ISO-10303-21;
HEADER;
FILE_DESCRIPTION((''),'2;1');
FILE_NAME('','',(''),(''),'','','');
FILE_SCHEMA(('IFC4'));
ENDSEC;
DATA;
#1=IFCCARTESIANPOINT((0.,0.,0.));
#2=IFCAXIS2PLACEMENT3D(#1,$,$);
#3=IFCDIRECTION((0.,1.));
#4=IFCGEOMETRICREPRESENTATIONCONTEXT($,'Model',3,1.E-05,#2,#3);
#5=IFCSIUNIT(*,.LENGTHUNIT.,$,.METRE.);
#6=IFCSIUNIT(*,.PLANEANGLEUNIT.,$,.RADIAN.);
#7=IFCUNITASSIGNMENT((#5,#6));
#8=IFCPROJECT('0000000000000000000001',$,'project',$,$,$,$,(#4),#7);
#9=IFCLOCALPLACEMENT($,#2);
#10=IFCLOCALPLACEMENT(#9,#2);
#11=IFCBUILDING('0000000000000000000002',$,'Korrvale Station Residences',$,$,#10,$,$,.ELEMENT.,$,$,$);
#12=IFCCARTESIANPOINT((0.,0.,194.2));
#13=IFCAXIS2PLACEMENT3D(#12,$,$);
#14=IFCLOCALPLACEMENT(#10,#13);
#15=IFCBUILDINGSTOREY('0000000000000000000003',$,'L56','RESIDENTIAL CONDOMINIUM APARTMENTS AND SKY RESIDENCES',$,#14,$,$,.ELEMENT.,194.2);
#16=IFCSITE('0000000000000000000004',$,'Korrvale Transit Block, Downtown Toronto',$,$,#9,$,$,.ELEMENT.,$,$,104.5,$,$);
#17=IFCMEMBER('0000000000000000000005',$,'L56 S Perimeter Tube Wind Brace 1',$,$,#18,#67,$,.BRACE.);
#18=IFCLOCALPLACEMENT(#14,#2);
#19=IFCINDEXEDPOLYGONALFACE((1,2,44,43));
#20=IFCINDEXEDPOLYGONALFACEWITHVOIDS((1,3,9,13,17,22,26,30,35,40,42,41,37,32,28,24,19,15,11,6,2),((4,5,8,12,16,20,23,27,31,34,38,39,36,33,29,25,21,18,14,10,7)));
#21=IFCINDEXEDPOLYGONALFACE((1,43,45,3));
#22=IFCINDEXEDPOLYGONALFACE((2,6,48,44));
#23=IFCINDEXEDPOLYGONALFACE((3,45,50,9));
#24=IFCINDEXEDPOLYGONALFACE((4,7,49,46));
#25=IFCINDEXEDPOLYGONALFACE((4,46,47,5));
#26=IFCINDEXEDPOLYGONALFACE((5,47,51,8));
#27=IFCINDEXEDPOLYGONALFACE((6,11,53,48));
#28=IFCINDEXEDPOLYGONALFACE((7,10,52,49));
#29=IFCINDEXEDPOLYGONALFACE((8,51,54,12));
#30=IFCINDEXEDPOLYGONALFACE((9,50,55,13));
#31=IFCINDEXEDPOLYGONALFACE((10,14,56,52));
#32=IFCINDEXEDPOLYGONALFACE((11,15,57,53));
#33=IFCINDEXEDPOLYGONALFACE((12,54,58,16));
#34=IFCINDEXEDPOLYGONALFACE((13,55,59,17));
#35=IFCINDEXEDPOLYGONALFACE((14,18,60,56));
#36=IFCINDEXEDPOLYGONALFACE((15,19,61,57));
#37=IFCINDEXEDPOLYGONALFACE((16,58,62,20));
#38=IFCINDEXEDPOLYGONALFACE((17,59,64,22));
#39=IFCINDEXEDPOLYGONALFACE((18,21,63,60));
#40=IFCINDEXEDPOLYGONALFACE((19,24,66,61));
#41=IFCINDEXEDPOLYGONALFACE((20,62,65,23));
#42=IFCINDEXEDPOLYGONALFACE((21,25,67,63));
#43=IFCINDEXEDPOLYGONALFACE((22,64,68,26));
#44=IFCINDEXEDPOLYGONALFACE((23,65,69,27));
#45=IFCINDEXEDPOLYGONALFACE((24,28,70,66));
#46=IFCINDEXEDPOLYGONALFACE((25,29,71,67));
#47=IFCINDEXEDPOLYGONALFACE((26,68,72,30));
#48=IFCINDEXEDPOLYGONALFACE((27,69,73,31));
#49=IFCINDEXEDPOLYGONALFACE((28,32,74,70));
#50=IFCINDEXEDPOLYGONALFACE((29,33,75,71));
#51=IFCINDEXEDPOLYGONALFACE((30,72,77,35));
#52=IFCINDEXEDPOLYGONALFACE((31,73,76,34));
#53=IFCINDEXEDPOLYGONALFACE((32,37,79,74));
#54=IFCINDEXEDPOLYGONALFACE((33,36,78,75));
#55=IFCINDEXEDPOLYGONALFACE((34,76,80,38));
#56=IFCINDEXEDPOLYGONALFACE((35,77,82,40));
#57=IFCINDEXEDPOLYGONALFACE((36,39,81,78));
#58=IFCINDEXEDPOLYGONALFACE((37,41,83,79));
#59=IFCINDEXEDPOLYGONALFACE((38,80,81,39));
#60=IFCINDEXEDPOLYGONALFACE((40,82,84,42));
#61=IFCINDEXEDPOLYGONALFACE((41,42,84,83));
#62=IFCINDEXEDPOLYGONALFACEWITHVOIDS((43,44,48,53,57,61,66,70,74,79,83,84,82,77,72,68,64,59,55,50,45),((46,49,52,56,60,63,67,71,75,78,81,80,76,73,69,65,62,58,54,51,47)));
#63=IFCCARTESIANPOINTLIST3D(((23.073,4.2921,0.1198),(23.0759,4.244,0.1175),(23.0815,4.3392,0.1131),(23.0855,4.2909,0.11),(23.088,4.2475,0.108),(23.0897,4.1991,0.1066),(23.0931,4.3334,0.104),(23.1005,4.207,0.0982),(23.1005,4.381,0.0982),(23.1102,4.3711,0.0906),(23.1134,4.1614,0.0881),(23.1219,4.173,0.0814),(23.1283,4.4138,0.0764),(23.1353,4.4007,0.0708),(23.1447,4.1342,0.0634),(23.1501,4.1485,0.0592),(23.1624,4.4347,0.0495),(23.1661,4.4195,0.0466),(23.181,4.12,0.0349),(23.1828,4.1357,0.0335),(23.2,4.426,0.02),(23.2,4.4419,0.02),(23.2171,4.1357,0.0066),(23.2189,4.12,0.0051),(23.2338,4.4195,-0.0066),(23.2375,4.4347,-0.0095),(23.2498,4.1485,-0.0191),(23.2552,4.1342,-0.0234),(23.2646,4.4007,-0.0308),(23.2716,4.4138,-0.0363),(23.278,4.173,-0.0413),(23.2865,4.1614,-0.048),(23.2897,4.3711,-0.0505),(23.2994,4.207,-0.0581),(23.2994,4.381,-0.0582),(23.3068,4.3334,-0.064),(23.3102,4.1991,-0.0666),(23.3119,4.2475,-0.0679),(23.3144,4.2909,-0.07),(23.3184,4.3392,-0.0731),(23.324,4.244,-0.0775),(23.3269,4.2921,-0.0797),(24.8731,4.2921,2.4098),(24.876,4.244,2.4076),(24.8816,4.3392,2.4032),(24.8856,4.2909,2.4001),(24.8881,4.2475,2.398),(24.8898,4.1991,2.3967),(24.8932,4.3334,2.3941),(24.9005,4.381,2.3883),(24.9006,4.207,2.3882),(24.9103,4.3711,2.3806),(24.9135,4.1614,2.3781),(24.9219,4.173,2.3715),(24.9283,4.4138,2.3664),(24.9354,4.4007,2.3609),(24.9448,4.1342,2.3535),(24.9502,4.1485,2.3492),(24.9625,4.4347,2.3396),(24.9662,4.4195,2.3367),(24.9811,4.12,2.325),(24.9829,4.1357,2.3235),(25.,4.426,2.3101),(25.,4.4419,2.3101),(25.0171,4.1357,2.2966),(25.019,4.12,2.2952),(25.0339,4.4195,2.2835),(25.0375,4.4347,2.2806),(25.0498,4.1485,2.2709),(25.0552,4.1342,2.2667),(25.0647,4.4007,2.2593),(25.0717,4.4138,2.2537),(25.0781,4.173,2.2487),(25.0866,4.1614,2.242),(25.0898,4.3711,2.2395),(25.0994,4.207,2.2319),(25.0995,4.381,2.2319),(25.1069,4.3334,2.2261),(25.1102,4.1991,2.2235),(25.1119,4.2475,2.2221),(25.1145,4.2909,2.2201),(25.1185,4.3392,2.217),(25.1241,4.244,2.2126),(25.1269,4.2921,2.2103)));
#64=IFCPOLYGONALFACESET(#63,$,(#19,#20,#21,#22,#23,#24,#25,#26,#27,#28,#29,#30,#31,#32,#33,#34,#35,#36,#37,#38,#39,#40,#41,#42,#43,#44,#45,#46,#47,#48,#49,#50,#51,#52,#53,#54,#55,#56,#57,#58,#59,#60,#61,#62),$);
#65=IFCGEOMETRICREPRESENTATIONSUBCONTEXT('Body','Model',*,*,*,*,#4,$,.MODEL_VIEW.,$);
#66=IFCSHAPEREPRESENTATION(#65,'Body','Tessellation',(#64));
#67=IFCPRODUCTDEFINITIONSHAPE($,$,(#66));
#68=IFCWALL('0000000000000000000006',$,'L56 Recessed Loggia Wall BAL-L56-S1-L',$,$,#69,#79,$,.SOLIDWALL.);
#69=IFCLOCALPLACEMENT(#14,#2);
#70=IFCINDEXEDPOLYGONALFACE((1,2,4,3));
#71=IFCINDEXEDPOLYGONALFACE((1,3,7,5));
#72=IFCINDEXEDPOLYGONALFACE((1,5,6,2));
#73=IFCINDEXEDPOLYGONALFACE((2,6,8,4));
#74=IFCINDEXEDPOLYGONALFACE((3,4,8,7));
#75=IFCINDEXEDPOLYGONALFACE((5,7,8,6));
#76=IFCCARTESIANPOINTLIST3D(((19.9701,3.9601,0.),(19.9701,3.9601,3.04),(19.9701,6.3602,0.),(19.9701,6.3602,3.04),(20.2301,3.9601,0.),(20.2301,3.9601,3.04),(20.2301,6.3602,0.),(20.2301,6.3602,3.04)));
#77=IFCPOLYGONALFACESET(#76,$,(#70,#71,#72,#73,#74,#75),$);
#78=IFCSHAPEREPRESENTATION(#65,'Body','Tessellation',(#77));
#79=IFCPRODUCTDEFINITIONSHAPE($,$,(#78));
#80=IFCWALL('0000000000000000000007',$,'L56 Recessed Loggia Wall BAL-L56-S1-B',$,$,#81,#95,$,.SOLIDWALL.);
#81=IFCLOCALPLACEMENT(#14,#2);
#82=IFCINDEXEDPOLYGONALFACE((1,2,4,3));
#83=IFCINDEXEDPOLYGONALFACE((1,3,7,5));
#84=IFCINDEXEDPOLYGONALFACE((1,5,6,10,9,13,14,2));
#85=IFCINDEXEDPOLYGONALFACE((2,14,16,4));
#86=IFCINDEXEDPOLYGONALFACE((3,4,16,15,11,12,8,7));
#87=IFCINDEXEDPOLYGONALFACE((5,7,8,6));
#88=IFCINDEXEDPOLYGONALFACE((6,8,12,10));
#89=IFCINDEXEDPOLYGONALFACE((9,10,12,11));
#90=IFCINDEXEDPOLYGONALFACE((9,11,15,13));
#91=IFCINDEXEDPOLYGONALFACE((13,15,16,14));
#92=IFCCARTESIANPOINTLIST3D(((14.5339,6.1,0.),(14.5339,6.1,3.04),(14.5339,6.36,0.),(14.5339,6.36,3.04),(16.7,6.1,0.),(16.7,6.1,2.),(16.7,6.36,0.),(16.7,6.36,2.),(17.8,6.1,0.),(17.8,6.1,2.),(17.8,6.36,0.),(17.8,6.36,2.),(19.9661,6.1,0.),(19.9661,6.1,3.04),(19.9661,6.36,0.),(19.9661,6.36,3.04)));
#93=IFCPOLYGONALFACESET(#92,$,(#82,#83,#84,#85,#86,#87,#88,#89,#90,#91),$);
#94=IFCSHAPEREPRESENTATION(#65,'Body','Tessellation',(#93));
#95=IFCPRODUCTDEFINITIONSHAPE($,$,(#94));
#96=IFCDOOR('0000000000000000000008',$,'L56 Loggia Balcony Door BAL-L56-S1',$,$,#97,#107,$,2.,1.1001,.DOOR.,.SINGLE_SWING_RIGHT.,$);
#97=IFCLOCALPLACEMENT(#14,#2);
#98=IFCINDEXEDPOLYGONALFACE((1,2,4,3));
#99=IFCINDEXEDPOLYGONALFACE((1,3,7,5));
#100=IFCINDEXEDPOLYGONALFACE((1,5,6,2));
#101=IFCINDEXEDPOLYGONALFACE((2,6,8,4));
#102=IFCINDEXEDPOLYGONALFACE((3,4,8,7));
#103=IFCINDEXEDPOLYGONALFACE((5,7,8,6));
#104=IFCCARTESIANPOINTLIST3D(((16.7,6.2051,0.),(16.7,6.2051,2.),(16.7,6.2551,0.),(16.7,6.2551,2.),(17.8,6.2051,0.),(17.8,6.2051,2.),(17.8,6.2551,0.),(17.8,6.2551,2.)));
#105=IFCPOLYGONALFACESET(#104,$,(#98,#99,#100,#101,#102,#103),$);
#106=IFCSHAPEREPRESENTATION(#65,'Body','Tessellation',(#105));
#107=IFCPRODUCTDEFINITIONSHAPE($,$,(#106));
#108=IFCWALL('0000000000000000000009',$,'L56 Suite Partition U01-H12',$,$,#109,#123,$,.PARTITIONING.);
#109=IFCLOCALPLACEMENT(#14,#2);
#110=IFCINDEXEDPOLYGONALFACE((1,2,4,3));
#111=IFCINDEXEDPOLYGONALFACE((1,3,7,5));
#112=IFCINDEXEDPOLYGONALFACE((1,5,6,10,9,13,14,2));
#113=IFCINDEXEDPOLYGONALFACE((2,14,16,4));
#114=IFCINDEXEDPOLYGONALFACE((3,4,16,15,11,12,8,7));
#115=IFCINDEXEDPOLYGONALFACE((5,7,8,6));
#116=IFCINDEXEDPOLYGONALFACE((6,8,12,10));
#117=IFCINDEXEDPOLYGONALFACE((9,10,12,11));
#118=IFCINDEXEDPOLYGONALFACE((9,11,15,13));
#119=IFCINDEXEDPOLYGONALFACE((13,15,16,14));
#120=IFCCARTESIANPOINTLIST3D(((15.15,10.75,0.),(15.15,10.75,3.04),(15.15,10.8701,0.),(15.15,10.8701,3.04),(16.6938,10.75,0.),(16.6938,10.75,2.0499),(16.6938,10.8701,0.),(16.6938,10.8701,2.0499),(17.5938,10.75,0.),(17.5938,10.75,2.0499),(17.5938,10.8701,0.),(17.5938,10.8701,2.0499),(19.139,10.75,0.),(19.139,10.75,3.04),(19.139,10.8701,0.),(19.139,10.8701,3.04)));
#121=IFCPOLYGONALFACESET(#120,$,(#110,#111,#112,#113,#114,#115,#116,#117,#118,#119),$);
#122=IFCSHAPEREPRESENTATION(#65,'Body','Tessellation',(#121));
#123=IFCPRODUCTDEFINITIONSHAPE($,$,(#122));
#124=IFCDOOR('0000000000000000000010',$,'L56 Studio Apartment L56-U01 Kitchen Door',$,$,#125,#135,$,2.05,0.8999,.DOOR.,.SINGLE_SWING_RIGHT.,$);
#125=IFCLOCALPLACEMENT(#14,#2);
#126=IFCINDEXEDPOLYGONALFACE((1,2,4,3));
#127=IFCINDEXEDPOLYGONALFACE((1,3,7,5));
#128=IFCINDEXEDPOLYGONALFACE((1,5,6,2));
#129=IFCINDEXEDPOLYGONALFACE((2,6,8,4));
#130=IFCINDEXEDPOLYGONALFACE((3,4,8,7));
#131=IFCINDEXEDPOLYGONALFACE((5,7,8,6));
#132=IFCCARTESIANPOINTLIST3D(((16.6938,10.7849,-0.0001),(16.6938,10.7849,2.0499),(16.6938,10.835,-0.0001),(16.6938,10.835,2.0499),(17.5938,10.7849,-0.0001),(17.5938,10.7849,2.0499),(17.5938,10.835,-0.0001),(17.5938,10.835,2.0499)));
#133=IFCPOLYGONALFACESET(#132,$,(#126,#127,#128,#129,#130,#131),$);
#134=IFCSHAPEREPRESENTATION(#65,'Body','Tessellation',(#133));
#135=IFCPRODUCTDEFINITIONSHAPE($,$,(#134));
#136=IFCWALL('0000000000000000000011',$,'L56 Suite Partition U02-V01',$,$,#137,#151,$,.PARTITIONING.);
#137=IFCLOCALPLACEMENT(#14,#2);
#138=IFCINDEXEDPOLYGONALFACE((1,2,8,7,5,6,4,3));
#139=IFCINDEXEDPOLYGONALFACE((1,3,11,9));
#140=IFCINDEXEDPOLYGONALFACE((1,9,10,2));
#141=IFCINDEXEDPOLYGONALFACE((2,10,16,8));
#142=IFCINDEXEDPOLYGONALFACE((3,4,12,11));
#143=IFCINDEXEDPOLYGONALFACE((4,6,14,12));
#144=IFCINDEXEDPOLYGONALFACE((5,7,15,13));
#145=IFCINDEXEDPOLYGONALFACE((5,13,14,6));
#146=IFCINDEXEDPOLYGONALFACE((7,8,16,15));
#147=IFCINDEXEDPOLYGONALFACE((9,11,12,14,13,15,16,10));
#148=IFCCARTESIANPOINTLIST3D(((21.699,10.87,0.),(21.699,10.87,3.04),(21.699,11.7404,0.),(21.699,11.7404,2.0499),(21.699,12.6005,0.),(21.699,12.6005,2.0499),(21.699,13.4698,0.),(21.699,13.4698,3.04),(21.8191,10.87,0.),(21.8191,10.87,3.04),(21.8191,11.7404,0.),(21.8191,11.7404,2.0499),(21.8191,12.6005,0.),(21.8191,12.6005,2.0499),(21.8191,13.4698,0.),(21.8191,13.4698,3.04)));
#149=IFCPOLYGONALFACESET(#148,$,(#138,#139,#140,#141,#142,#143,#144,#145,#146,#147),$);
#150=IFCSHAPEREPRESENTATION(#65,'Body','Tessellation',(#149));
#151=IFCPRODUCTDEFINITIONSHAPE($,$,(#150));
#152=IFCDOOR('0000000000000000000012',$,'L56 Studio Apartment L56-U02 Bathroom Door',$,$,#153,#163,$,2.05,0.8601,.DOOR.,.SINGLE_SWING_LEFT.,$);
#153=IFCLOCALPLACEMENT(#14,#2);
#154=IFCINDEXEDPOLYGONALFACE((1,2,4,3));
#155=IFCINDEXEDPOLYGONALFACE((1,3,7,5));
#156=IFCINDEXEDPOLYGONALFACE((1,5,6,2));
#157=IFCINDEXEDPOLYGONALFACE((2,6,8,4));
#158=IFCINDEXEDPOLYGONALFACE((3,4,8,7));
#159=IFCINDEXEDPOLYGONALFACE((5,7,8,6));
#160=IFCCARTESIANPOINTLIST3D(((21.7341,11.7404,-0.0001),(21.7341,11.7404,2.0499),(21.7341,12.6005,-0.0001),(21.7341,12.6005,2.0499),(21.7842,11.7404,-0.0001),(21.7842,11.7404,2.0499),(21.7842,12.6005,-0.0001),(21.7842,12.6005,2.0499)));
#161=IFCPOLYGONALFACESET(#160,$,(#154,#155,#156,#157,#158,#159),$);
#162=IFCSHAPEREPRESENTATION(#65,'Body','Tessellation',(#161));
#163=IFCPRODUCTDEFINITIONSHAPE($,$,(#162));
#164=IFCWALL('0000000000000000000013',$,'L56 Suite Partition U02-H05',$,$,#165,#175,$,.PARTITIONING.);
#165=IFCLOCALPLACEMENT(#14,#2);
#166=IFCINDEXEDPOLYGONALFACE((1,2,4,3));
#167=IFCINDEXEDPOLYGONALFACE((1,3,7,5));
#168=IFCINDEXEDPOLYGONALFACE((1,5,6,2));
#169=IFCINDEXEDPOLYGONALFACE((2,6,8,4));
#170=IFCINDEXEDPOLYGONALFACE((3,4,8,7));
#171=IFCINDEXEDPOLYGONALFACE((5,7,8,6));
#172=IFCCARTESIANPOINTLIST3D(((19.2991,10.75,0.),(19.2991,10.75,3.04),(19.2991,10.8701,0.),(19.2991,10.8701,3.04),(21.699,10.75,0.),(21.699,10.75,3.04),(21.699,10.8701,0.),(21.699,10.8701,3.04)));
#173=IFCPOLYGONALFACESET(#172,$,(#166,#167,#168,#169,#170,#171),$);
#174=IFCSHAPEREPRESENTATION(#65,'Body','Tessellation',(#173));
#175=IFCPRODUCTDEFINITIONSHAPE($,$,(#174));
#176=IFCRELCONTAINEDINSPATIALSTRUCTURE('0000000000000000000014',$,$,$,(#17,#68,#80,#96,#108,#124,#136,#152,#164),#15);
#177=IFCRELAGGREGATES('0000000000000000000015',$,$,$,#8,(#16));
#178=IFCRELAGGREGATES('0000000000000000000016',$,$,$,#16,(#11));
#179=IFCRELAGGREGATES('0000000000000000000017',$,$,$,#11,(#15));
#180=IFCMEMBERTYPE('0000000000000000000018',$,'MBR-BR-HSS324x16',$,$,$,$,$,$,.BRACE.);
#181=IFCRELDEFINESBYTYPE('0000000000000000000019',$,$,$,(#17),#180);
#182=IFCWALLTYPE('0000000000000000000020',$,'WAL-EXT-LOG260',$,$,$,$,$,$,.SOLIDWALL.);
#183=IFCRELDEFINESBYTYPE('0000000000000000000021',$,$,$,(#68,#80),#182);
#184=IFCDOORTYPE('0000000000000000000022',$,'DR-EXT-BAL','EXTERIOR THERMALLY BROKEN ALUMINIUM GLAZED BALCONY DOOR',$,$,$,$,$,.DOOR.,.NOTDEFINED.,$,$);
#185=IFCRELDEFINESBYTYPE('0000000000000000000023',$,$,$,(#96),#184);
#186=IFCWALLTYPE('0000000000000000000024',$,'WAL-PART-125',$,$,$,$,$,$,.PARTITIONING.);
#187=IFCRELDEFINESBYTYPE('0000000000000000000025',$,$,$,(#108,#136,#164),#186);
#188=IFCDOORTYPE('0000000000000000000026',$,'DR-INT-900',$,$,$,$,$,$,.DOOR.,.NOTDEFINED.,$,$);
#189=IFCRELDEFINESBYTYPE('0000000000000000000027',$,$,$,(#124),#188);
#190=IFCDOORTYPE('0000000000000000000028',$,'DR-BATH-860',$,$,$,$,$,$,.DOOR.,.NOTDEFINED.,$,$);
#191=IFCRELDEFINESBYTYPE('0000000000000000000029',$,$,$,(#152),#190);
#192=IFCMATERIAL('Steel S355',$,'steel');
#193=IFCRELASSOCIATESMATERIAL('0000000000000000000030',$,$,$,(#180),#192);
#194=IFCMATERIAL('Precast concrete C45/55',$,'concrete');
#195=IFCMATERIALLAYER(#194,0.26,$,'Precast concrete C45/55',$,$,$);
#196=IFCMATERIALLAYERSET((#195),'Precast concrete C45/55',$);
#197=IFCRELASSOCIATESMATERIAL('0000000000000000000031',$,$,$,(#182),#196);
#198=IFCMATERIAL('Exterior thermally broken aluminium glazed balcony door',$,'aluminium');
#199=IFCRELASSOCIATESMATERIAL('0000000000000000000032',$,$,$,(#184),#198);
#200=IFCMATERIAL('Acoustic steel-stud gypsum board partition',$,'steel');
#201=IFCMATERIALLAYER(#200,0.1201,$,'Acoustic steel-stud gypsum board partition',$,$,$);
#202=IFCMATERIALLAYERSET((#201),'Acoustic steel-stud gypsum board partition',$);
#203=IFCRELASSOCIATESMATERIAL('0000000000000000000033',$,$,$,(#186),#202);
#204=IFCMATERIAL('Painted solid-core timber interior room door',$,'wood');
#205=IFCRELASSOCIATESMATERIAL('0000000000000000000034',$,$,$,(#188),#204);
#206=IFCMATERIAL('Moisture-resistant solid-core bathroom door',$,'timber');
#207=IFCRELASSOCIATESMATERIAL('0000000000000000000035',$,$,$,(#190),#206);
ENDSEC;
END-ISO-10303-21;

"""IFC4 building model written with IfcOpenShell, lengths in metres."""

from ifc_helpers import new_model, si_unit, direction, frame, frame_2d, origin, origin_2d, place, context, subcontext, project, spatial, rectangle, hollow_circle, extrude, material, layer, layer_set, material_profile, profile_set, type_object, element, fill, save


model = new_model("IFC4")

# Units and contexts
model_context = context("Model", 3, precision=1e-05, world=origin(), true_north=direction((0.0, 1.0)))
body_context = subcontext(model_context, "Body", "Model", "MODEL_VIEW")
ifc_project = project(units=[si_unit("LENGTHUNIT", "METRE"), si_unit("PLANEANGLEUNIT", "RADIAN")], contexts=[model_context])

# Site, building, storey
site_placement = place(None, origin())
site = spatial("IfcSite", under=ifc_project, at=site_placement, Name="Korrvale Transit Block, Downtown Toronto", CompositionType="ELEMENT", RefElevation=104.5)
building_placement = place(site_placement, origin())
building = spatial("IfcBuilding", under=site, at=building_placement, Name="Korrvale Station Residences", CompositionType="ELEMENT")
storey_placement = place(building_placement, frame((0.0, 0.0, 194.2)))
storey = spatial("IfcBuildingStorey", under=building, at=storey_placement, Name="L56", Description="RESIDENTIAL CONDOMINIUM APARTMENTS AND SKY RESIDENCES", CompositionType="ELEMENT", Elevation=194.2)

# Shared definitions
ifc_material_1 = material(Name="Steel S355", Category="steel")

# Member
ifc_material_profile_1 = material_profile(ifc_material_1, hollow_circle(Radius=0.1619, WallThickness=0.0159, at=origin_2d()), Name="HSS324x16")
ifc_profile_set_1 = profile_set([ifc_material_profile_1], Name="Steel S355")
member_type = type_object("IfcMemberType", Name="MBR-BR-HSS324x16", PredefinedType="BRACE", material=ifc_profile_set_1)
member_placement = place(storey_placement, frame((23.2, 4.28, 0.02), z_axis=(0.617977, 0.0, 0.786196), x_axis=(0.0, 1.0, 0.0)))
element("IfcMember", 1, at=member_placement, inside=storey, type_object=member_type, Name="L56 S Perimeter Tube Wind Brace 1", PredefinedType="BRACE", context=body_context, shape_type="SweptSolid", body=[
    extrude(hollow_circle(Radius=0.1619, WallThickness=0.0159, at=origin_2d()), origin(), (0.0, 0.0, 1.0), 2.9128),
])

# Wall
ifc_material_2 = material(Name="Precast concrete C45/55", Category="concrete")
ifc_layer_1 = layer(ifc_material_2, 0.26, Name="Precast concrete C45/55")
ifc_layer_set_1 = layer_set([ifc_layer_1], Name="Precast concrete C45/55")
wall_type_1 = type_object("IfcWallType", Name="WAL-EXT-LOG260", PredefinedType="SOLIDWALL", material=ifc_layer_set_1)
wall_1_placement = place(storey_placement, frame((20.1001, 3.96, 0.0), z_axis=(0.0, 0.0, 1.0), x_axis=(0.0, 1.0, 0.0)))
element("IfcWall", 2, at=wall_1_placement, inside=storey, type_object=wall_type_1, Name="L56 Recessed Loggia Wall BAL-L56-S1-L", PredefinedType="SOLIDWALL", context=body_context, shape_type="SweptSolid", body=[
    extrude(rectangle(XDim=2.4001, YDim=0.26, at=frame_2d((1.2002, 0.0))), origin(), (0.0, 0.0, 1.0), 3.04),
])

# Walls, openings, doors
wall_2_placement = place(storey_placement, frame((19.9661, 6.23, 0.0), z_axis=(0.0, 0.0, 1.0), x_axis=(-1.0, 0.0, 0.0)))
wall_2 = element("IfcWall", 3, at=wall_2_placement, inside=storey, type_object=wall_type_1, Name="L56 Recessed Loggia Wall BAL-L56-S1-B", PredefinedType="SOLIDWALL", context=body_context, shape_type="SweptSolid", body=[
    extrude(rectangle(XDim=5.4321, YDim=0.26, at=frame_2d((2.7161, 0.0))), origin(), (0.0, 0.0, 1.0), 3.04),
])
opening_1_placement = place(wall_2_placement, frame((2.166, 0.0, 0.0)))
opening_1 = element("IfcOpeningElement", 4, at=opening_1_placement, cuts=wall_2, PredefinedType="OPENING", context=body_context, shape_type="SweptSolid", body=[
    extrude(rectangle(XDim=1.1001, YDim=2.0, at=frame_2d((0.55, 1.0))), frame((0.0, 0.1401, 0.0), z_axis=(0.0, -1.0, 0.0), x_axis=(1.0, 0.0, 0.0)), (0.0, 0.0, 1.0), 0.28),
])
ifc_material_3 = material(Name="Exterior thermally broken aluminium glazed balcony door", Category="aluminium")
door_type_1 = type_object("IfcDoorType", Name="DR-EXT-BAL", Description="EXTERIOR THERMALLY BROKEN ALUMINIUM GLAZED BALCONY DOOR", OperationType="NOTDEFINED", PredefinedType="DOOR", material=ifc_material_3)
door_1_placement = place(opening_1_placement, origin())
door_1 = element("IfcDoor", 5, at=door_1_placement, inside=storey, type_object=door_type_1, Name="L56 Loggia Balcony Door BAL-L56-S1", OperationType="SINGLE_SWING_RIGHT", OverallHeight=2.0, OverallWidth=1.1001, PredefinedType="DOOR", context=body_context, shape_type="SweptSolid", body=[
    extrude(rectangle(XDim=1.1001, YDim=2.0, at=frame_2d((0.55, 1.0))), frame((0.0, 0.0249, 0.0), z_axis=(0.0, -1.0, 0.0), x_axis=(1.0, 0.0, 0.0)), (0.0, 0.0, 1.0), 0.05),
])
fill(opening_1, door_1)
ifc_material_4 = material(Name="Acoustic steel-stud gypsum board partition", Category="steel")
ifc_layer_2 = layer(ifc_material_4, 0.1201, Name="Acoustic steel-stud gypsum board partition")
ifc_layer_set_2 = layer_set([ifc_layer_2], Name="Acoustic steel-stud gypsum board partition")
wall_type_2 = type_object("IfcWallType", Name="WAL-PART-125", PredefinedType="PARTITIONING", material=ifc_layer_set_2)
wall_3_placement = place(storey_placement, frame((15.1499, 10.8101, 0.0), z_axis=(0.0, 0.0, 1.0), x_axis=(1.0, 0.0, 0.0)))
wall_3 = element("IfcWall", 6, at=wall_3_placement, inside=storey, type_object=wall_type_2, Name="L56 Suite Partition U01-H12", PredefinedType="PARTITIONING", context=body_context, shape_type="SweptSolid", body=[
    extrude(rectangle(XDim=3.989, YDim=0.1201, at=frame_2d((1.9946, 0.0))), origin(), (0.0, 0.0, 1.0), 3.04),
])
opening_2_placement = place(wall_3_placement, frame((1.5439, 0.0, 0.0)))
opening_2 = element("IfcOpeningElement", 7, at=opening_2_placement, cuts=wall_3, PredefinedType="OPENING", context=body_context, shape_type="SweptSolid", body=[
    extrude(rectangle(XDim=0.8999, YDim=2.05, at=frame_2d((0.45, 1.0249))), frame((0.0, 0.0701, 0.0), z_axis=(0.0, -1.0, 0.0), x_axis=(1.0, 0.0, 0.0)), (0.0, 0.0, 1.0), 0.1401),
])
ifc_material_5 = material(Name="Painted solid-core timber interior room door", Category="wood")
door_type_2 = type_object("IfcDoorType", Name="DR-INT-900", OperationType="NOTDEFINED", PredefinedType="DOOR", material=ifc_material_5)
door_2_placement = place(opening_2_placement, origin())
door_2 = element("IfcDoor", 8, at=door_2_placement, inside=storey, type_object=door_type_2, Name="L56 Studio Apartment L56-U01 Kitchen Door", OperationType="SINGLE_SWING_RIGHT", OverallHeight=2.05, OverallWidth=0.8999, PredefinedType="DOOR", context=body_context, shape_type="SweptSolid", body=[
    extrude(rectangle(XDim=0.8999, YDim=2.05, at=frame_2d((0.45, 1.0249))), frame((0.0, 0.0249, 0.0), z_axis=(0.0, -1.0, 0.0), x_axis=(1.0, 0.0, 0.0)), (0.0, 0.0, 1.0), 0.05),
])
fill(opening_2, door_2)
wall_4_placement = place(storey_placement, frame((21.759, 10.8701, 0.0), z_axis=(0.0, 0.0, 1.0), x_axis=(0.0, 1.0, 0.0)))
wall_4 = element("IfcWall", 9, at=wall_4_placement, inside=storey, type_object=wall_type_2, Name="L56 Suite Partition U02-V01", PredefinedType="PARTITIONING", context=body_context, shape_type="SweptSolid", body=[
    extrude(rectangle(XDim=2.5999, YDim=0.1201, at=frame_2d((1.2998, 0.0))), origin(), (0.0, 0.0, 1.0), 3.04),
])
opening_3_placement = place(wall_4_placement, frame((0.8701, 0.0, 0.0)))
opening_3 = element("IfcOpeningElement", 10, at=opening_3_placement, cuts=wall_4, PredefinedType="OPENING", context=body_context, shape_type="SweptSolid", body=[
    extrude(rectangle(XDim=0.8601, YDim=2.05, at=frame_2d((0.4302, 1.0249))), frame((0.0, 0.0701, 0.0), z_axis=(0.0, -1.0, 0.0), x_axis=(1.0, 0.0, 0.0)), (0.0, 0.0, 1.0), 0.1401),
])
ifc_material_6 = material(Name="Moisture-resistant solid-core bathroom door", Category="timber")
door_type_3 = type_object("IfcDoorType", Name="DR-BATH-860", OperationType="NOTDEFINED", PredefinedType="DOOR", material=ifc_material_6)
door_3_placement = place(opening_3_placement, origin())
door_3 = element("IfcDoor", 11, at=door_3_placement, inside=storey, type_object=door_type_3, Name="L56 Studio Apartment L56-U02 Bathroom Door", OperationType="SINGLE_SWING_LEFT", OverallHeight=2.05, OverallWidth=0.8601, PredefinedType="DOOR", context=body_context, shape_type="SweptSolid", body=[
    extrude(rectangle(XDim=0.8601, YDim=2.05, at=frame_2d((0.4302, 1.0249))), frame((0.0, 0.0249, 0.0), z_axis=(0.0, -1.0, 0.0), x_axis=(1.0, 0.0, 0.0)), (0.0, 0.0, 1.0), 0.05),
])
fill(opening_3, door_3)

# Wall
wall_5_placement = place(storey_placement, frame((19.2991, 10.8101, 0.0), z_axis=(0.0, 0.0, 1.0), x_axis=(1.0, 0.0, 0.0)))
element("IfcWall", 12, at=wall_5_placement, inside=storey, type_object=wall_type_2, Name="L56 Suite Partition U02-H05", PredefinedType="PARTITIONING", context=body_context, shape_type="SweptSolid", body=[
    extrude(rectangle(XDim=2.3999, YDim=0.1201, at=frame_2d((1.2, 0.0))), origin(), (0.0, 0.0, 1.0), 3.04),
])

save(model, "model.ifc")
